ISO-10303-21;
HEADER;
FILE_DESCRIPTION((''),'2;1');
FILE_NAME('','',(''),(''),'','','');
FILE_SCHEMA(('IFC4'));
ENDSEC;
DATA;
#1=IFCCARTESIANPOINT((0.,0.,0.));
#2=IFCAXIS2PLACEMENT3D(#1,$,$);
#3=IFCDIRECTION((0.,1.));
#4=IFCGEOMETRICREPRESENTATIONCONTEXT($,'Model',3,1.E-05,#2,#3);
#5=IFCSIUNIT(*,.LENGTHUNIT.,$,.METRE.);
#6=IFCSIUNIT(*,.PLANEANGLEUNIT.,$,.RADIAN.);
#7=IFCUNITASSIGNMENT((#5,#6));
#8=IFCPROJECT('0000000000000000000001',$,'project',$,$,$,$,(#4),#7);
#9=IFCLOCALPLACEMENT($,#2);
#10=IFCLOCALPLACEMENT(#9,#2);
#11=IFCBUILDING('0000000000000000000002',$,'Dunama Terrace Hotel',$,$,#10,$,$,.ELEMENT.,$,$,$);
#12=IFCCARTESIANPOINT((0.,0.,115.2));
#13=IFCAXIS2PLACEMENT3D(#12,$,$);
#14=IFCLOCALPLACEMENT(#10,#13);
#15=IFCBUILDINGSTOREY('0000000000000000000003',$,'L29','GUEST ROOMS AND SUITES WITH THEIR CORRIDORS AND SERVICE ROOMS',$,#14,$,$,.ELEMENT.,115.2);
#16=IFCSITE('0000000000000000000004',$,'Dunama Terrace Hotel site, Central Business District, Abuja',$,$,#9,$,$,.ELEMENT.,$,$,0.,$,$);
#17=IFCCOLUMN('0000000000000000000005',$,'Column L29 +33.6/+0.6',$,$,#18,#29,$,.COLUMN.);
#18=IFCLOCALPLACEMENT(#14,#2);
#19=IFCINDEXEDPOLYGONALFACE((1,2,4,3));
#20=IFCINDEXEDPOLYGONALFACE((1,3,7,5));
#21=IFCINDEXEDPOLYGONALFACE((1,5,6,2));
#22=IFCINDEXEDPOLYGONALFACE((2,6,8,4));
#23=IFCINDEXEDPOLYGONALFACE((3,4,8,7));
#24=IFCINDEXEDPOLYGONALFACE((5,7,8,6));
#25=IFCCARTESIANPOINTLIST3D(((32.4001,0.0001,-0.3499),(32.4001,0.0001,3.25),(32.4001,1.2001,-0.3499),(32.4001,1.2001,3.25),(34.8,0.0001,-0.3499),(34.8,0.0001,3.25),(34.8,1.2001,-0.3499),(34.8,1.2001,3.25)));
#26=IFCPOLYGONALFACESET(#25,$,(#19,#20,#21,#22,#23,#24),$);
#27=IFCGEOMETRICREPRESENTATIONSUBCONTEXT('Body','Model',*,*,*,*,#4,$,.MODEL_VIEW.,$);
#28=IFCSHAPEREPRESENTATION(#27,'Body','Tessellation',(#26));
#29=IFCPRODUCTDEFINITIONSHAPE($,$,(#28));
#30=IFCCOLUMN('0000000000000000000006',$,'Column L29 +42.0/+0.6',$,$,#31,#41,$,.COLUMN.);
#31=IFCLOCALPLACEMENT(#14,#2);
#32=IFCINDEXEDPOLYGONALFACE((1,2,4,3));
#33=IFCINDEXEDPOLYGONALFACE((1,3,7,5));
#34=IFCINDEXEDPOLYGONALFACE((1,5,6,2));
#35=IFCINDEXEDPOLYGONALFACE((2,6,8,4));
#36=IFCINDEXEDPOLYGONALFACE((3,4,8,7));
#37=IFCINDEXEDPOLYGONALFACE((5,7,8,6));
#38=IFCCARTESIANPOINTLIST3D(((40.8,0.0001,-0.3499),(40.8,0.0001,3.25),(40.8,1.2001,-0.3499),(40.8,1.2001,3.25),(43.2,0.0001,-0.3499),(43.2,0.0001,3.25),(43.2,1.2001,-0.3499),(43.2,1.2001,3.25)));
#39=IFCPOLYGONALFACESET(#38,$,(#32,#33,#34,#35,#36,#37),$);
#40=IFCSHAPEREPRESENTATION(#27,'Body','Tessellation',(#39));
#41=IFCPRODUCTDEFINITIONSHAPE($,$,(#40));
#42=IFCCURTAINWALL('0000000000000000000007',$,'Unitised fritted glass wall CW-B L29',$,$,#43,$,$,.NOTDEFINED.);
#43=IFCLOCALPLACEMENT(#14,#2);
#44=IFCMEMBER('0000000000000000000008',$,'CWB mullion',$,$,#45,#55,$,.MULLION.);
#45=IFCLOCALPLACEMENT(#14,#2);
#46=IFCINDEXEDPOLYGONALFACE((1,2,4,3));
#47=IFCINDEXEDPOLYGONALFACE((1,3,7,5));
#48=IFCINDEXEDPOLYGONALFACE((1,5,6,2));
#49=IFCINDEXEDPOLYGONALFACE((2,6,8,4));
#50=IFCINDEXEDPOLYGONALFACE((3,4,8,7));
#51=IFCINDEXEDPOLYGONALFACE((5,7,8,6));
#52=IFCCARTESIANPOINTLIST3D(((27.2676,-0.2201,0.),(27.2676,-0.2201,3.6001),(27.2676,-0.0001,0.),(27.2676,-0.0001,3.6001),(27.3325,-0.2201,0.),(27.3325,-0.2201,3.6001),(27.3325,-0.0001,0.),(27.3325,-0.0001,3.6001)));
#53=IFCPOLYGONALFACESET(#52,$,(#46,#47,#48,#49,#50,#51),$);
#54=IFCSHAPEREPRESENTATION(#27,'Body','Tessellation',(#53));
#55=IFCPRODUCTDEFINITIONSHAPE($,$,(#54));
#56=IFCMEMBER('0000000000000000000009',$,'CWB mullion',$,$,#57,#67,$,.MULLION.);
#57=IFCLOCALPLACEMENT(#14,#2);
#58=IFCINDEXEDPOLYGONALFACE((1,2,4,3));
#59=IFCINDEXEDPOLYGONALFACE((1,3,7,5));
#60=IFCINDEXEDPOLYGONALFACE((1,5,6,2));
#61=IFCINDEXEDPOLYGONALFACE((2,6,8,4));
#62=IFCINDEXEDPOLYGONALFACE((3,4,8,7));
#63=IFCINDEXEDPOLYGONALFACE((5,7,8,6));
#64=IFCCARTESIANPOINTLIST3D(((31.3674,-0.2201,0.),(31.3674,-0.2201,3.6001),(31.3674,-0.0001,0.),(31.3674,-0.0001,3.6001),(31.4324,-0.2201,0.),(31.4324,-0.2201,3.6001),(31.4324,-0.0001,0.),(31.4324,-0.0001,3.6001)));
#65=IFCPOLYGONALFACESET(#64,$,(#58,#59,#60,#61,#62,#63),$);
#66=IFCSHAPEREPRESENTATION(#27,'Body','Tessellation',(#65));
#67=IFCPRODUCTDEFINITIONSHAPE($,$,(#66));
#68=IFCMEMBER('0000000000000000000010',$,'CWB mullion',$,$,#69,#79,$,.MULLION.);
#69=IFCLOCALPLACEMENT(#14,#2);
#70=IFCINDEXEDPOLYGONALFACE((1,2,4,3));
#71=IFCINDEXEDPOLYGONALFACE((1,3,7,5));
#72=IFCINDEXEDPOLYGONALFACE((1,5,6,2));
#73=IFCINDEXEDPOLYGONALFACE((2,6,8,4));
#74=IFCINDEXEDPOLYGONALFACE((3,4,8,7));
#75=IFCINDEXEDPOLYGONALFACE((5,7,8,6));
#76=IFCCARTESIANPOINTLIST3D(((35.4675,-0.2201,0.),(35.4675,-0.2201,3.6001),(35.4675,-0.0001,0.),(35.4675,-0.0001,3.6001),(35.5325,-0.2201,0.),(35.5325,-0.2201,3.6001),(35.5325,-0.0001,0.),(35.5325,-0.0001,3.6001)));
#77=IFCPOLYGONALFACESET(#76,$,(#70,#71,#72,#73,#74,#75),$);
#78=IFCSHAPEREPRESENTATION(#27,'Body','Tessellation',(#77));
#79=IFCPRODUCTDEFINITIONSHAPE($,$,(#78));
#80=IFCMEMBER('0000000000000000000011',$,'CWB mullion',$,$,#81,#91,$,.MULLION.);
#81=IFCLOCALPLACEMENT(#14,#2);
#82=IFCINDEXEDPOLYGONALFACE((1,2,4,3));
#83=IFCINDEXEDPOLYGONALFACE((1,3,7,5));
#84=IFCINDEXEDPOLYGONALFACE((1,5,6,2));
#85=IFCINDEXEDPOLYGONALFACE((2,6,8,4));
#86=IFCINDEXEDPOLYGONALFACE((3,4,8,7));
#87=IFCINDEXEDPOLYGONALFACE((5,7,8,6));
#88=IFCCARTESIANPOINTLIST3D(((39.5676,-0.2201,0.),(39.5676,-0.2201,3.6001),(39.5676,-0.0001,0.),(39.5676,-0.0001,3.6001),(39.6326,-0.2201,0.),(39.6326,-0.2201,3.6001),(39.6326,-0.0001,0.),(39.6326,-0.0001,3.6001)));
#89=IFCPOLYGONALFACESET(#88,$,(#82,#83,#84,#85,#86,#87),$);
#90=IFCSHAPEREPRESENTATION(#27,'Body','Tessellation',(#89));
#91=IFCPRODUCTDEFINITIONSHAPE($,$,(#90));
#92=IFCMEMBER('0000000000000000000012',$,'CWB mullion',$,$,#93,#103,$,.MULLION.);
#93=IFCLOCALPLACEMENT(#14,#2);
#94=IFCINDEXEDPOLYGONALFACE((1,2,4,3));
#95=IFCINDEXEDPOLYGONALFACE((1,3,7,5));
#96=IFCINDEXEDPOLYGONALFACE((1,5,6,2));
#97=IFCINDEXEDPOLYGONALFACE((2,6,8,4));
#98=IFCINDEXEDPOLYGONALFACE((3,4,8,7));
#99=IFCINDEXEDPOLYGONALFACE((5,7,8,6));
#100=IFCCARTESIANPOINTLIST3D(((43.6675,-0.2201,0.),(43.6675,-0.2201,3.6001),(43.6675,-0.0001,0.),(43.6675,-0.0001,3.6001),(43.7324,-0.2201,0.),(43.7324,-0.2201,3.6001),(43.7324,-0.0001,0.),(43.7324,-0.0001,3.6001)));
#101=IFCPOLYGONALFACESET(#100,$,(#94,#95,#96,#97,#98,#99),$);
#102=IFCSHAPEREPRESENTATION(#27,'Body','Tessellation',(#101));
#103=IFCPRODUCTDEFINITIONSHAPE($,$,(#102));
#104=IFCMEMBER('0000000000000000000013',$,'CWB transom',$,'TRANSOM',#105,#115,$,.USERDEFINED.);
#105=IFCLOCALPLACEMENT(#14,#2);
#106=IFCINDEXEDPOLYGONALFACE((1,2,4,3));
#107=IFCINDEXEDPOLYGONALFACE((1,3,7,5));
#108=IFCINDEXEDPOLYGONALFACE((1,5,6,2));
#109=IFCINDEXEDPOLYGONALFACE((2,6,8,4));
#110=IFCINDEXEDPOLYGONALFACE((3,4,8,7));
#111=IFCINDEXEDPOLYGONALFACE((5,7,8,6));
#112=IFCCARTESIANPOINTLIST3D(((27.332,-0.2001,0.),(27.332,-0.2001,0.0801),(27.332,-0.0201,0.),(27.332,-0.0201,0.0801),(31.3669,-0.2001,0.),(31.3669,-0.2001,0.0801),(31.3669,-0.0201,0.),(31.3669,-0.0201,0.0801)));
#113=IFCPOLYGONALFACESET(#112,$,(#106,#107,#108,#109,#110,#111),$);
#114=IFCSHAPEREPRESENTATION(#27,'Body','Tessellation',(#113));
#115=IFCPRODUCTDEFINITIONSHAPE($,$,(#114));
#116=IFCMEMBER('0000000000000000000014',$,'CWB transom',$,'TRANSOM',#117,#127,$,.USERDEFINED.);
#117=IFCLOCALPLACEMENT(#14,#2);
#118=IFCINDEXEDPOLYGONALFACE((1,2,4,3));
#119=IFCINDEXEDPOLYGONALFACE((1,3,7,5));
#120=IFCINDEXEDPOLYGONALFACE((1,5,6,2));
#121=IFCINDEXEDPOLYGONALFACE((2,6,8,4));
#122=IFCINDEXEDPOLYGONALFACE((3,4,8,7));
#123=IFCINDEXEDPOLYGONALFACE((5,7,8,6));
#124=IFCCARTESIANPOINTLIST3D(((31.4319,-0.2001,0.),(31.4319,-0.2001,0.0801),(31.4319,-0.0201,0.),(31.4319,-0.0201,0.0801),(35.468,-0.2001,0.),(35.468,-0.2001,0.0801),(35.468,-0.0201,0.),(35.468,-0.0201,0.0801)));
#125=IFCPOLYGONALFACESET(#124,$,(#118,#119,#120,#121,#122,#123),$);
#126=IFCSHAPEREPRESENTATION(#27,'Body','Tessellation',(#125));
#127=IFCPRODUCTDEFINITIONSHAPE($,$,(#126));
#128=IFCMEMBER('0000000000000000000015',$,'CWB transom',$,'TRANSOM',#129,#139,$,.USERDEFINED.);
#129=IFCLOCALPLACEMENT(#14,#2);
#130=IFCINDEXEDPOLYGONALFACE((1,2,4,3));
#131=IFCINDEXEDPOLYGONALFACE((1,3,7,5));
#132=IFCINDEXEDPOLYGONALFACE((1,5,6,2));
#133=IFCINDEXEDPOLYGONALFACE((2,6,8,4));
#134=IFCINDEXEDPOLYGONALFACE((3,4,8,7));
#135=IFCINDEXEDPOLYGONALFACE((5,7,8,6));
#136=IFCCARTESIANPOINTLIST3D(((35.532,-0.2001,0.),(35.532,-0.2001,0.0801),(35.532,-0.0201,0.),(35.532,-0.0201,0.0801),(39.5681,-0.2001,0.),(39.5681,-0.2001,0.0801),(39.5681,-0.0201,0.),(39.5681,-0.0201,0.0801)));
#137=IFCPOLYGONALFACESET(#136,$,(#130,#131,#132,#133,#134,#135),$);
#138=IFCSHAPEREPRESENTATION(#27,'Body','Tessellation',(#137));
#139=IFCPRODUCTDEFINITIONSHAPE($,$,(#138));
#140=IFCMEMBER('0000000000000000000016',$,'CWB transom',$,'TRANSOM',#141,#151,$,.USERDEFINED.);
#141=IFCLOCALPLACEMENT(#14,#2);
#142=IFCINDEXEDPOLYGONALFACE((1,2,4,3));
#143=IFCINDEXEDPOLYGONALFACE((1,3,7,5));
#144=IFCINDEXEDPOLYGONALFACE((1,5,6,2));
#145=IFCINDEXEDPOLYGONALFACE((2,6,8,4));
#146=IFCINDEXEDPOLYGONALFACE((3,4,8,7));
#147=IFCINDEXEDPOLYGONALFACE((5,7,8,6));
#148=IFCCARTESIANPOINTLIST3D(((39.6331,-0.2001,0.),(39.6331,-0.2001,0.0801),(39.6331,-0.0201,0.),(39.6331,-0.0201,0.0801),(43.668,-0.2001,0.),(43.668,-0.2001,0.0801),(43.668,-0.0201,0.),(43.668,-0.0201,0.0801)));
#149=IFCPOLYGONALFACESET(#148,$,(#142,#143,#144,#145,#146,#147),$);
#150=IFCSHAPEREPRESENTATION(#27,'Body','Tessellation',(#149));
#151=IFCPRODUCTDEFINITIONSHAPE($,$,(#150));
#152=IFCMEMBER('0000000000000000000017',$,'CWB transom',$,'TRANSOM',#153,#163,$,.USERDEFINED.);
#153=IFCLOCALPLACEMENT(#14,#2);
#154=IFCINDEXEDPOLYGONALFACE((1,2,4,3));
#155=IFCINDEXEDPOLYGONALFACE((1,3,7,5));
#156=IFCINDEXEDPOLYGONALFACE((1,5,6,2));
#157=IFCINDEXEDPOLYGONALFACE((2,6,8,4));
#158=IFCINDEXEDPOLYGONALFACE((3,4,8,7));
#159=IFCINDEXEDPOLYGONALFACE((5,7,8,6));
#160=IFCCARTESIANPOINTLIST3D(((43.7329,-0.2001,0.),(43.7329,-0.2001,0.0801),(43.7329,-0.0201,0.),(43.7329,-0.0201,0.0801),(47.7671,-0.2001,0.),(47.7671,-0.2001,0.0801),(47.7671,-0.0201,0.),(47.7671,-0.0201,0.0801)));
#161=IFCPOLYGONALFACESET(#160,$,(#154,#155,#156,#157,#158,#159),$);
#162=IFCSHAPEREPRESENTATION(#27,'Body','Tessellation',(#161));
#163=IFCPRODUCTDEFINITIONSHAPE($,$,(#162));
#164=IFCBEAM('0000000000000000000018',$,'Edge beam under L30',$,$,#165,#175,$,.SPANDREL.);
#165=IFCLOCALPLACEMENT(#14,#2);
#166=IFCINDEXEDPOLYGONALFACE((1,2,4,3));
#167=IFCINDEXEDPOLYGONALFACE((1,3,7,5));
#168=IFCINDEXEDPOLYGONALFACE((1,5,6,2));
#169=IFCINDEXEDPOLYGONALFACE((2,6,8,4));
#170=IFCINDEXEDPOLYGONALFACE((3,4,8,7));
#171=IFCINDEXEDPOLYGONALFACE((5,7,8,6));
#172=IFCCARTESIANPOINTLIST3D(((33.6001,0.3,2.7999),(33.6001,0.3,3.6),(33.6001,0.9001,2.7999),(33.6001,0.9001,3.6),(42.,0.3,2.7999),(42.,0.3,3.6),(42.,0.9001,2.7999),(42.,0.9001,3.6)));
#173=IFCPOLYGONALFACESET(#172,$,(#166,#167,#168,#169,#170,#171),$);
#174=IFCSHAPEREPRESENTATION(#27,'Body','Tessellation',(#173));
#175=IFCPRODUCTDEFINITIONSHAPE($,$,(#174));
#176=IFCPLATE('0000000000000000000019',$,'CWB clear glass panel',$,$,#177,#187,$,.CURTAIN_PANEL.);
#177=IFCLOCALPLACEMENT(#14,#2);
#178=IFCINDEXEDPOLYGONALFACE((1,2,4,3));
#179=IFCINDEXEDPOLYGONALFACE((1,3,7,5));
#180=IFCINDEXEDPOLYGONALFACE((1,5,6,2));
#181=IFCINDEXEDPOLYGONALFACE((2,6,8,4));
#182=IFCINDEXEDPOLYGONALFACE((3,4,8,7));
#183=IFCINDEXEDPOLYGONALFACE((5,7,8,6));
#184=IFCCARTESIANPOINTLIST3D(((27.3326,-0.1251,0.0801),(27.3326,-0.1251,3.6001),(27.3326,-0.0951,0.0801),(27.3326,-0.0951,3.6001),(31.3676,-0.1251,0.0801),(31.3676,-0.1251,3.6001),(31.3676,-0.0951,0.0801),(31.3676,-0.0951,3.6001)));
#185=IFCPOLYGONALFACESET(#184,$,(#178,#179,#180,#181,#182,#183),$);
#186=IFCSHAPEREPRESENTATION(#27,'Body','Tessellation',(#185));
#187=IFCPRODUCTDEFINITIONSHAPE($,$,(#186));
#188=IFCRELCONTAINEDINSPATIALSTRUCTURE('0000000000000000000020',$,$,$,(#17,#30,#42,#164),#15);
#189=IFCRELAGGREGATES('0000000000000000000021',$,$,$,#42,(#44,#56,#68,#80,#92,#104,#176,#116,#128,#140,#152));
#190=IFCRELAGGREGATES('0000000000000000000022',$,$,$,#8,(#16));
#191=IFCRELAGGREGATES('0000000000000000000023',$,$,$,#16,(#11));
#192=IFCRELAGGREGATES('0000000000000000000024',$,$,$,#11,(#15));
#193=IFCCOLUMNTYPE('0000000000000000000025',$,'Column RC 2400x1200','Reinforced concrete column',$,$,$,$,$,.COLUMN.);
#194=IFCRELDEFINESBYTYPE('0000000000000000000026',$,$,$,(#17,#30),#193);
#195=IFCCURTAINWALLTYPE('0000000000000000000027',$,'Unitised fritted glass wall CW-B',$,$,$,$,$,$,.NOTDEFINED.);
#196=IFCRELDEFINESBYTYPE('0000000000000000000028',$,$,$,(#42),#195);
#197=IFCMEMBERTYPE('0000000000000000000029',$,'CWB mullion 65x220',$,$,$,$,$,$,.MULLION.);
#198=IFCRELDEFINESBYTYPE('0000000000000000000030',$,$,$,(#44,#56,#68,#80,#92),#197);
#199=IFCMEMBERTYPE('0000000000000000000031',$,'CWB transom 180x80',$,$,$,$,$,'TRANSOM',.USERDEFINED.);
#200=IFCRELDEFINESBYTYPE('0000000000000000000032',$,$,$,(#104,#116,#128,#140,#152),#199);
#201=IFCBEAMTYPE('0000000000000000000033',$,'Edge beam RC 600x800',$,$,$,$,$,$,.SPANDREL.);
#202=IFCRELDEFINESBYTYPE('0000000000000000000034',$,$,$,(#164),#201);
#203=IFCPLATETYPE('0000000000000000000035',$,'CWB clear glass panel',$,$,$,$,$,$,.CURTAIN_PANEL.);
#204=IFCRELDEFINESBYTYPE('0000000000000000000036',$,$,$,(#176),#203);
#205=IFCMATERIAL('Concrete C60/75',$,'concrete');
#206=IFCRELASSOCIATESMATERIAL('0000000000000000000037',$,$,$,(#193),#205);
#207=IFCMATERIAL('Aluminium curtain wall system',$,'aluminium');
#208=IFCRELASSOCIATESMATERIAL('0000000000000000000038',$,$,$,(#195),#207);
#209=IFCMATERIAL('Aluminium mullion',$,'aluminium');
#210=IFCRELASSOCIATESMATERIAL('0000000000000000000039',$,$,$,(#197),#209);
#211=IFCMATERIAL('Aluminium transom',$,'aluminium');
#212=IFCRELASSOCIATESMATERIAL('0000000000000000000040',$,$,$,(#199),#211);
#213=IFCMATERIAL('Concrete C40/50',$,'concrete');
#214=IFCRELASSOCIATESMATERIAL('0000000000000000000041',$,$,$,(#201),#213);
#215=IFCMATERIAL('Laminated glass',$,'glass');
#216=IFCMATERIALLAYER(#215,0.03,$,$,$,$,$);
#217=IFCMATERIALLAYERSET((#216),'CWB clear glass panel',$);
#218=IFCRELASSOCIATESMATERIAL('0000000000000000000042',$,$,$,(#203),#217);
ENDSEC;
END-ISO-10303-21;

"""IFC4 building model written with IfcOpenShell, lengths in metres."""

from ifc_helpers import new_model, si_unit, direction, frame, origin, origin_2d, place, context, subcontext, project, spatial, rectangle, extrude, material, layer, layer_set, material_profile, profile_set, type_object, element, aggregate, save


model = new_model("IFC4")

# Units and contexts
model_context = context("Model", 3, precision=1e-05, world=origin(), true_north=direction((0.0, 1.0)))
body_context = subcontext(model_context, "Body", "Model", "MODEL_VIEW")
ifc_project = project(units=[si_unit("LENGTHUNIT", "METRE"), si_unit("PLANEANGLEUNIT", "RADIAN")], contexts=[model_context])

# Site, building, storey
site_placement = place(None, origin())
site = spatial("IfcSite", under=ifc_project, at=site_placement, Name="Dunama Terrace Hotel site, Central Business District, Abuja", CompositionType="ELEMENT", RefElevation=0.0)
building_placement = place(site_placement, origin())
building = spatial("IfcBuilding", under=site, at=building_placement, Name="Dunama Terrace Hotel", CompositionType="ELEMENT")
storey_placement = place(building_placement, frame((0.0, 0.0, 115.2)))
storey = spatial("IfcBuildingStorey", under=building, at=storey_placement, Name="L29", Description="GUEST ROOMS AND SUITES WITH THEIR CORRIDORS AND SERVICE ROOMS", CompositionType="ELEMENT", Elevation=115.2)

# Columns
ifc_material_1 = material(Name="Concrete C60/75", Category="concrete")
ifc_material_profile_1 = material_profile(ifc_material_1, rectangle(XDim=2.3999, YDim=1.2, at=origin_2d()), Name="RC 2400x1200")
ifc_profile_set_1 = profile_set([ifc_material_profile_1], Name="Concrete C60/75")
column_type = type_object("IfcColumnType", Name="Column RC 2400x1200", Description="Reinforced concrete column", PredefinedType="COLUMN", material=ifc_profile_set_1)
for number, where, z_axis, x_axis, name in (
    (1, (33.6001, 0.6001, -0.3499), (0.0, 0.0, 1.0), (1.0, 0.0, 0.0), "Column L29 +33.6/+0.6"),
    (2, (42.0, 0.6001, -0.3499), (0.0, 0.0, 1.0), (1.0, 0.0, 0.0), "Column L29 +42.0/+0.6"),
):
    element("IfcColumn", number, at=place(storey_placement, frame(where, z_axis=z_axis, x_axis=x_axis)), inside=storey, type_object=column_type, Name=name, PredefinedType="COLUMN", context=body_context, shape_type="SweptSolid", body=[
        extrude(rectangle(XDim=2.3999, YDim=1.2, at=origin_2d()), origin(), (0.0, 0.0, 1.0), 3.5999),
    ])

# Curtain wall, members
ifc_material_2 = material(Name="Aluminium curtain wall system", Category="aluminium")
curtain_wall_type = type_object("IfcCurtainWallType", Name="Unitised fritted glass wall CW-B", PredefinedType="NOTDEFINED", material=ifc_material_2)
curtain_wall_placement = place(storey_placement, origin())
curtain_wall = element("IfcCurtainWall", 3, at=curtain_wall_placement, inside=storey, type_object=curtain_wall_type, Name="Unitised fritted glass wall CW-B L29", PredefinedType="NOTDEFINED")
ifc_material_3 = material(Name="Aluminium mullion", Category="aluminium")
ifc_material_profile_2 = material_profile(ifc_material_3, rectangle(XDim=0.0649, YDim=0.22, at=origin_2d()), Name="CWB MULLION 65X220")
ifc_profile_set_2 = profile_set([ifc_material_profile_2], Name="Aluminium mullion")
member_type_1 = type_object("IfcMemberType", Name="CWB mullion 65x220", PredefinedType="MULLION", material=ifc_profile_set_2)
member_1_placement = place(storey_placement, frame((27.3, -0.1101, 0.0), z_axis=(0.0, 0.0, 1.0), x_axis=(1.0, 0.0, 0.0)))
member_1 = element("IfcMember", 4, at=member_1_placement, type_object=member_type_1, Name="CWB mullion", PredefinedType="MULLION", context=body_context, shape_type="SweptSolid", body=[
    extrude(rectangle(XDim=0.0649, YDim=0.22, at=origin_2d()), origin(), (0.0, 0.0, 1.0), 3.6001),
])
member_2_placement = place(storey_placement, frame((31.3999, -0.1101, 0.0), z_axis=(0.0, 0.0, 1.0), x_axis=(1.0, 0.0, 0.0)))
member_2 = element("IfcMember", 5, at=member_2_placement, type_object=member_type_1, Name="CWB mullion", PredefinedType="MULLION", context=body_context, shape_type="SweptSolid", body=[
    extrude(rectangle(XDim=0.0649, YDim=0.22, at=origin_2d()), origin(), (0.0, 0.0, 1.0), 3.6001),
])
member_3_placement = place(storey_placement, frame((35.5, -0.1101, 0.0), z_axis=(0.0, 0.0, 1.0), x_axis=(1.0, 0.0, 0.0)))
member_3 = element("IfcMember", 6, at=member_3_placement, type_object=member_type_1, Name="CWB mullion", PredefinedType="MULLION", context=body_context, shape_type="SweptSolid", body=[
    extrude(rectangle(XDim=0.0649, YDim=0.22, at=origin_2d()), origin(), (0.0, 0.0, 1.0), 3.6001),
])
member_4_placement = place(storey_placement, frame((39.6001, -0.1101, 0.0), z_axis=(0.0, 0.0, 1.0), x_axis=(1.0, 0.0, 0.0)))
member_4 = element("IfcMember", 7, at=member_4_placement, type_object=member_type_1, Name="CWB mullion", PredefinedType="MULLION", context=body_context, shape_type="SweptSolid", body=[
    extrude(rectangle(XDim=0.0649, YDim=0.22, at=origin_2d()), origin(), (0.0, 0.0, 1.0), 3.6001),
])
member_5_placement = place(storey_placement, frame((43.7, -0.1101, 0.0), z_axis=(0.0, 0.0, 1.0), x_axis=(1.0, 0.0, 0.0)))
member_5 = element("IfcMember", 8, at=member_5_placement, type_object=member_type_1, Name="CWB mullion", PredefinedType="MULLION", context=body_context, shape_type="SweptSolid", body=[
    extrude(rectangle(XDim=0.0649, YDim=0.22, at=origin_2d()), origin(), (0.0, 0.0, 1.0), 3.6001),
])
ifc_material_4 = material(Name="Aluminium transom", Category="aluminium")
ifc_material_profile_3 = material_profile(ifc_material_4, rectangle(XDim=0.1799, YDim=0.0801, at=origin_2d()), Name="CWB TRANSOM 180X80")
ifc_profile_set_3 = profile_set([ifc_material_profile_3], Name="Aluminium transom")
member_type_2 = type_object("IfcMemberType", Name="CWB transom 180x80", ElementType="TRANSOM", PredefinedType="USERDEFINED", material=ifc_profile_set_3)
member_6_placement = place(storey_placement, frame((27.332, -0.1101, 0.04), z_axis=(1.0, 0.0, 0.0), x_axis=(0.0, 1.0, 0.0)))
member_6 = element("IfcMember", 9, at=member_6_placement, type_object=member_type_2, Name="CWB transom", ObjectType="TRANSOM", PredefinedType="USERDEFINED", context=body_context, shape_type="SweptSolid", body=[
    extrude(rectangle(XDim=0.1799, YDim=0.0801, at=origin_2d()), origin(), (0.0, 0.0, 1.0), 4.0349),
])
member_7_placement = place(storey_placement, frame((31.4319, -0.1101, 0.04), z_axis=(1.0, 0.0, 0.0), x_axis=(0.0, 1.0, 0.0)))
member_7 = element("IfcMember", 10, at=member_7_placement, type_object=member_type_2, Name="CWB transom", ObjectType="TRANSOM", PredefinedType="USERDEFINED", context=body_context, shape_type="SweptSolid", body=[
    extrude(rectangle(XDim=0.1799, YDim=0.0801, at=origin_2d()), origin(), (0.0, 0.0, 1.0), 4.0361),
])
member_8_placement = place(storey_placement, frame((35.532, -0.1101, 0.04), z_axis=(1.0, 0.0, 0.0), x_axis=(0.0, 1.0, 0.0)))
member_8 = element("IfcMember", 11, at=member_8_placement, type_object=member_type_2, Name="CWB transom", ObjectType="TRANSOM", PredefinedType="USERDEFINED", context=body_context, shape_type="SweptSolid", body=[
    extrude(rectangle(XDim=0.1799, YDim=0.0801, at=origin_2d()), origin(), (0.0, 0.0, 1.0), 4.0361),
])
member_9_placement = place(storey_placement, frame((39.6331, -0.1101, 0.04), z_axis=(1.0, 0.0, 0.0), x_axis=(0.0, 1.0, 0.0)))
member_9 = element("IfcMember", 12, at=member_9_placement, type_object=member_type_2, Name="CWB transom", ObjectType="TRANSOM", PredefinedType="USERDEFINED", context=body_context, shape_type="SweptSolid", body=[
    extrude(rectangle(XDim=0.1799, YDim=0.0801, at=origin_2d()), origin(), (0.0, 0.0, 1.0), 4.0349),
])
member_10_placement = place(storey_placement, frame((43.7329, -0.1101, 0.04), z_axis=(1.0, 0.0, 0.0), x_axis=(0.0, 1.0, 0.0)))
member_10 = element("IfcMember", 13, at=member_10_placement, type_object=member_type_2, Name="CWB transom", ObjectType="TRANSOM", PredefinedType="USERDEFINED", context=body_context, shape_type="SweptSolid", body=[
    extrude(rectangle(XDim=0.1799, YDim=0.0801, at=origin_2d()), origin(), (0.0, 0.0, 1.0), 4.0342),
])

# Beam
ifc_material_5 = material(Name="Concrete C40/50", Category="concrete")
ifc_material_profile_4 = material_profile(ifc_material_5, rectangle(XDim=0.6001, YDim=0.8, at=origin_2d()), Name="RC 600x800")
ifc_profile_set_4 = profile_set([ifc_material_profile_4], Name="Concrete C40/50")
beam_type = type_object("IfcBeamType", Name="Edge beam RC 600x800", PredefinedType="SPANDREL", material=ifc_profile_set_4)
beam_placement = place(storey_placement, frame((33.6001, 0.6001, 3.2), z_axis=(1.0, 0.0, 0.0), x_axis=(0.0, 1.0, 0.0)))
element("IfcBeam", 14, at=beam_placement, inside=storey, type_object=beam_type, Name="Edge beam under L30", PredefinedType="SPANDREL", context=body_context, shape_type="SweptSolid", body=[
    extrude(rectangle(XDim=0.6001, YDim=0.8, at=origin_2d()), origin(), (0.0, 0.0, 1.0), 8.3999),
])

# Plate
ifc_material_6 = material(Name="Laminated glass", Category="glass")
ifc_layer_1 = layer(ifc_material_6, 0.03)
ifc_layer_set_1 = layer_set([ifc_layer_1], Name="CWB clear glass panel")
plate_type_1 = type_object("IfcPlateType", Name="CWB clear glass panel", PredefinedType="CURTAIN_PANEL", material=ifc_layer_set_1)
plate_1_placement = place(storey_placement, frame((29.3501, -0.1101, 0.0801), z_axis=(0.0, 0.0, 1.0), x_axis=(1.0, 0.0, 0.0)))
plate_1 = element("IfcPlate", 15, at=plate_1_placement, type_object=plate_type_1, Name="CWB clear glass panel", PredefinedType="CURTAIN_PANEL", context=body_context, shape_type="SweptSolid", body=[
    extrude(rectangle(XDim=4.0349, YDim=0.03, at=origin_2d()), origin(), (0.0, 0.0, 1.0), 3.52),
])
aggregate(curtain_wall, [member_1, member_2, member_3, member_4, member_5, member_6, plate_1, member_7, member_8, member_9, member_10])

save(model, "model.ifc")
